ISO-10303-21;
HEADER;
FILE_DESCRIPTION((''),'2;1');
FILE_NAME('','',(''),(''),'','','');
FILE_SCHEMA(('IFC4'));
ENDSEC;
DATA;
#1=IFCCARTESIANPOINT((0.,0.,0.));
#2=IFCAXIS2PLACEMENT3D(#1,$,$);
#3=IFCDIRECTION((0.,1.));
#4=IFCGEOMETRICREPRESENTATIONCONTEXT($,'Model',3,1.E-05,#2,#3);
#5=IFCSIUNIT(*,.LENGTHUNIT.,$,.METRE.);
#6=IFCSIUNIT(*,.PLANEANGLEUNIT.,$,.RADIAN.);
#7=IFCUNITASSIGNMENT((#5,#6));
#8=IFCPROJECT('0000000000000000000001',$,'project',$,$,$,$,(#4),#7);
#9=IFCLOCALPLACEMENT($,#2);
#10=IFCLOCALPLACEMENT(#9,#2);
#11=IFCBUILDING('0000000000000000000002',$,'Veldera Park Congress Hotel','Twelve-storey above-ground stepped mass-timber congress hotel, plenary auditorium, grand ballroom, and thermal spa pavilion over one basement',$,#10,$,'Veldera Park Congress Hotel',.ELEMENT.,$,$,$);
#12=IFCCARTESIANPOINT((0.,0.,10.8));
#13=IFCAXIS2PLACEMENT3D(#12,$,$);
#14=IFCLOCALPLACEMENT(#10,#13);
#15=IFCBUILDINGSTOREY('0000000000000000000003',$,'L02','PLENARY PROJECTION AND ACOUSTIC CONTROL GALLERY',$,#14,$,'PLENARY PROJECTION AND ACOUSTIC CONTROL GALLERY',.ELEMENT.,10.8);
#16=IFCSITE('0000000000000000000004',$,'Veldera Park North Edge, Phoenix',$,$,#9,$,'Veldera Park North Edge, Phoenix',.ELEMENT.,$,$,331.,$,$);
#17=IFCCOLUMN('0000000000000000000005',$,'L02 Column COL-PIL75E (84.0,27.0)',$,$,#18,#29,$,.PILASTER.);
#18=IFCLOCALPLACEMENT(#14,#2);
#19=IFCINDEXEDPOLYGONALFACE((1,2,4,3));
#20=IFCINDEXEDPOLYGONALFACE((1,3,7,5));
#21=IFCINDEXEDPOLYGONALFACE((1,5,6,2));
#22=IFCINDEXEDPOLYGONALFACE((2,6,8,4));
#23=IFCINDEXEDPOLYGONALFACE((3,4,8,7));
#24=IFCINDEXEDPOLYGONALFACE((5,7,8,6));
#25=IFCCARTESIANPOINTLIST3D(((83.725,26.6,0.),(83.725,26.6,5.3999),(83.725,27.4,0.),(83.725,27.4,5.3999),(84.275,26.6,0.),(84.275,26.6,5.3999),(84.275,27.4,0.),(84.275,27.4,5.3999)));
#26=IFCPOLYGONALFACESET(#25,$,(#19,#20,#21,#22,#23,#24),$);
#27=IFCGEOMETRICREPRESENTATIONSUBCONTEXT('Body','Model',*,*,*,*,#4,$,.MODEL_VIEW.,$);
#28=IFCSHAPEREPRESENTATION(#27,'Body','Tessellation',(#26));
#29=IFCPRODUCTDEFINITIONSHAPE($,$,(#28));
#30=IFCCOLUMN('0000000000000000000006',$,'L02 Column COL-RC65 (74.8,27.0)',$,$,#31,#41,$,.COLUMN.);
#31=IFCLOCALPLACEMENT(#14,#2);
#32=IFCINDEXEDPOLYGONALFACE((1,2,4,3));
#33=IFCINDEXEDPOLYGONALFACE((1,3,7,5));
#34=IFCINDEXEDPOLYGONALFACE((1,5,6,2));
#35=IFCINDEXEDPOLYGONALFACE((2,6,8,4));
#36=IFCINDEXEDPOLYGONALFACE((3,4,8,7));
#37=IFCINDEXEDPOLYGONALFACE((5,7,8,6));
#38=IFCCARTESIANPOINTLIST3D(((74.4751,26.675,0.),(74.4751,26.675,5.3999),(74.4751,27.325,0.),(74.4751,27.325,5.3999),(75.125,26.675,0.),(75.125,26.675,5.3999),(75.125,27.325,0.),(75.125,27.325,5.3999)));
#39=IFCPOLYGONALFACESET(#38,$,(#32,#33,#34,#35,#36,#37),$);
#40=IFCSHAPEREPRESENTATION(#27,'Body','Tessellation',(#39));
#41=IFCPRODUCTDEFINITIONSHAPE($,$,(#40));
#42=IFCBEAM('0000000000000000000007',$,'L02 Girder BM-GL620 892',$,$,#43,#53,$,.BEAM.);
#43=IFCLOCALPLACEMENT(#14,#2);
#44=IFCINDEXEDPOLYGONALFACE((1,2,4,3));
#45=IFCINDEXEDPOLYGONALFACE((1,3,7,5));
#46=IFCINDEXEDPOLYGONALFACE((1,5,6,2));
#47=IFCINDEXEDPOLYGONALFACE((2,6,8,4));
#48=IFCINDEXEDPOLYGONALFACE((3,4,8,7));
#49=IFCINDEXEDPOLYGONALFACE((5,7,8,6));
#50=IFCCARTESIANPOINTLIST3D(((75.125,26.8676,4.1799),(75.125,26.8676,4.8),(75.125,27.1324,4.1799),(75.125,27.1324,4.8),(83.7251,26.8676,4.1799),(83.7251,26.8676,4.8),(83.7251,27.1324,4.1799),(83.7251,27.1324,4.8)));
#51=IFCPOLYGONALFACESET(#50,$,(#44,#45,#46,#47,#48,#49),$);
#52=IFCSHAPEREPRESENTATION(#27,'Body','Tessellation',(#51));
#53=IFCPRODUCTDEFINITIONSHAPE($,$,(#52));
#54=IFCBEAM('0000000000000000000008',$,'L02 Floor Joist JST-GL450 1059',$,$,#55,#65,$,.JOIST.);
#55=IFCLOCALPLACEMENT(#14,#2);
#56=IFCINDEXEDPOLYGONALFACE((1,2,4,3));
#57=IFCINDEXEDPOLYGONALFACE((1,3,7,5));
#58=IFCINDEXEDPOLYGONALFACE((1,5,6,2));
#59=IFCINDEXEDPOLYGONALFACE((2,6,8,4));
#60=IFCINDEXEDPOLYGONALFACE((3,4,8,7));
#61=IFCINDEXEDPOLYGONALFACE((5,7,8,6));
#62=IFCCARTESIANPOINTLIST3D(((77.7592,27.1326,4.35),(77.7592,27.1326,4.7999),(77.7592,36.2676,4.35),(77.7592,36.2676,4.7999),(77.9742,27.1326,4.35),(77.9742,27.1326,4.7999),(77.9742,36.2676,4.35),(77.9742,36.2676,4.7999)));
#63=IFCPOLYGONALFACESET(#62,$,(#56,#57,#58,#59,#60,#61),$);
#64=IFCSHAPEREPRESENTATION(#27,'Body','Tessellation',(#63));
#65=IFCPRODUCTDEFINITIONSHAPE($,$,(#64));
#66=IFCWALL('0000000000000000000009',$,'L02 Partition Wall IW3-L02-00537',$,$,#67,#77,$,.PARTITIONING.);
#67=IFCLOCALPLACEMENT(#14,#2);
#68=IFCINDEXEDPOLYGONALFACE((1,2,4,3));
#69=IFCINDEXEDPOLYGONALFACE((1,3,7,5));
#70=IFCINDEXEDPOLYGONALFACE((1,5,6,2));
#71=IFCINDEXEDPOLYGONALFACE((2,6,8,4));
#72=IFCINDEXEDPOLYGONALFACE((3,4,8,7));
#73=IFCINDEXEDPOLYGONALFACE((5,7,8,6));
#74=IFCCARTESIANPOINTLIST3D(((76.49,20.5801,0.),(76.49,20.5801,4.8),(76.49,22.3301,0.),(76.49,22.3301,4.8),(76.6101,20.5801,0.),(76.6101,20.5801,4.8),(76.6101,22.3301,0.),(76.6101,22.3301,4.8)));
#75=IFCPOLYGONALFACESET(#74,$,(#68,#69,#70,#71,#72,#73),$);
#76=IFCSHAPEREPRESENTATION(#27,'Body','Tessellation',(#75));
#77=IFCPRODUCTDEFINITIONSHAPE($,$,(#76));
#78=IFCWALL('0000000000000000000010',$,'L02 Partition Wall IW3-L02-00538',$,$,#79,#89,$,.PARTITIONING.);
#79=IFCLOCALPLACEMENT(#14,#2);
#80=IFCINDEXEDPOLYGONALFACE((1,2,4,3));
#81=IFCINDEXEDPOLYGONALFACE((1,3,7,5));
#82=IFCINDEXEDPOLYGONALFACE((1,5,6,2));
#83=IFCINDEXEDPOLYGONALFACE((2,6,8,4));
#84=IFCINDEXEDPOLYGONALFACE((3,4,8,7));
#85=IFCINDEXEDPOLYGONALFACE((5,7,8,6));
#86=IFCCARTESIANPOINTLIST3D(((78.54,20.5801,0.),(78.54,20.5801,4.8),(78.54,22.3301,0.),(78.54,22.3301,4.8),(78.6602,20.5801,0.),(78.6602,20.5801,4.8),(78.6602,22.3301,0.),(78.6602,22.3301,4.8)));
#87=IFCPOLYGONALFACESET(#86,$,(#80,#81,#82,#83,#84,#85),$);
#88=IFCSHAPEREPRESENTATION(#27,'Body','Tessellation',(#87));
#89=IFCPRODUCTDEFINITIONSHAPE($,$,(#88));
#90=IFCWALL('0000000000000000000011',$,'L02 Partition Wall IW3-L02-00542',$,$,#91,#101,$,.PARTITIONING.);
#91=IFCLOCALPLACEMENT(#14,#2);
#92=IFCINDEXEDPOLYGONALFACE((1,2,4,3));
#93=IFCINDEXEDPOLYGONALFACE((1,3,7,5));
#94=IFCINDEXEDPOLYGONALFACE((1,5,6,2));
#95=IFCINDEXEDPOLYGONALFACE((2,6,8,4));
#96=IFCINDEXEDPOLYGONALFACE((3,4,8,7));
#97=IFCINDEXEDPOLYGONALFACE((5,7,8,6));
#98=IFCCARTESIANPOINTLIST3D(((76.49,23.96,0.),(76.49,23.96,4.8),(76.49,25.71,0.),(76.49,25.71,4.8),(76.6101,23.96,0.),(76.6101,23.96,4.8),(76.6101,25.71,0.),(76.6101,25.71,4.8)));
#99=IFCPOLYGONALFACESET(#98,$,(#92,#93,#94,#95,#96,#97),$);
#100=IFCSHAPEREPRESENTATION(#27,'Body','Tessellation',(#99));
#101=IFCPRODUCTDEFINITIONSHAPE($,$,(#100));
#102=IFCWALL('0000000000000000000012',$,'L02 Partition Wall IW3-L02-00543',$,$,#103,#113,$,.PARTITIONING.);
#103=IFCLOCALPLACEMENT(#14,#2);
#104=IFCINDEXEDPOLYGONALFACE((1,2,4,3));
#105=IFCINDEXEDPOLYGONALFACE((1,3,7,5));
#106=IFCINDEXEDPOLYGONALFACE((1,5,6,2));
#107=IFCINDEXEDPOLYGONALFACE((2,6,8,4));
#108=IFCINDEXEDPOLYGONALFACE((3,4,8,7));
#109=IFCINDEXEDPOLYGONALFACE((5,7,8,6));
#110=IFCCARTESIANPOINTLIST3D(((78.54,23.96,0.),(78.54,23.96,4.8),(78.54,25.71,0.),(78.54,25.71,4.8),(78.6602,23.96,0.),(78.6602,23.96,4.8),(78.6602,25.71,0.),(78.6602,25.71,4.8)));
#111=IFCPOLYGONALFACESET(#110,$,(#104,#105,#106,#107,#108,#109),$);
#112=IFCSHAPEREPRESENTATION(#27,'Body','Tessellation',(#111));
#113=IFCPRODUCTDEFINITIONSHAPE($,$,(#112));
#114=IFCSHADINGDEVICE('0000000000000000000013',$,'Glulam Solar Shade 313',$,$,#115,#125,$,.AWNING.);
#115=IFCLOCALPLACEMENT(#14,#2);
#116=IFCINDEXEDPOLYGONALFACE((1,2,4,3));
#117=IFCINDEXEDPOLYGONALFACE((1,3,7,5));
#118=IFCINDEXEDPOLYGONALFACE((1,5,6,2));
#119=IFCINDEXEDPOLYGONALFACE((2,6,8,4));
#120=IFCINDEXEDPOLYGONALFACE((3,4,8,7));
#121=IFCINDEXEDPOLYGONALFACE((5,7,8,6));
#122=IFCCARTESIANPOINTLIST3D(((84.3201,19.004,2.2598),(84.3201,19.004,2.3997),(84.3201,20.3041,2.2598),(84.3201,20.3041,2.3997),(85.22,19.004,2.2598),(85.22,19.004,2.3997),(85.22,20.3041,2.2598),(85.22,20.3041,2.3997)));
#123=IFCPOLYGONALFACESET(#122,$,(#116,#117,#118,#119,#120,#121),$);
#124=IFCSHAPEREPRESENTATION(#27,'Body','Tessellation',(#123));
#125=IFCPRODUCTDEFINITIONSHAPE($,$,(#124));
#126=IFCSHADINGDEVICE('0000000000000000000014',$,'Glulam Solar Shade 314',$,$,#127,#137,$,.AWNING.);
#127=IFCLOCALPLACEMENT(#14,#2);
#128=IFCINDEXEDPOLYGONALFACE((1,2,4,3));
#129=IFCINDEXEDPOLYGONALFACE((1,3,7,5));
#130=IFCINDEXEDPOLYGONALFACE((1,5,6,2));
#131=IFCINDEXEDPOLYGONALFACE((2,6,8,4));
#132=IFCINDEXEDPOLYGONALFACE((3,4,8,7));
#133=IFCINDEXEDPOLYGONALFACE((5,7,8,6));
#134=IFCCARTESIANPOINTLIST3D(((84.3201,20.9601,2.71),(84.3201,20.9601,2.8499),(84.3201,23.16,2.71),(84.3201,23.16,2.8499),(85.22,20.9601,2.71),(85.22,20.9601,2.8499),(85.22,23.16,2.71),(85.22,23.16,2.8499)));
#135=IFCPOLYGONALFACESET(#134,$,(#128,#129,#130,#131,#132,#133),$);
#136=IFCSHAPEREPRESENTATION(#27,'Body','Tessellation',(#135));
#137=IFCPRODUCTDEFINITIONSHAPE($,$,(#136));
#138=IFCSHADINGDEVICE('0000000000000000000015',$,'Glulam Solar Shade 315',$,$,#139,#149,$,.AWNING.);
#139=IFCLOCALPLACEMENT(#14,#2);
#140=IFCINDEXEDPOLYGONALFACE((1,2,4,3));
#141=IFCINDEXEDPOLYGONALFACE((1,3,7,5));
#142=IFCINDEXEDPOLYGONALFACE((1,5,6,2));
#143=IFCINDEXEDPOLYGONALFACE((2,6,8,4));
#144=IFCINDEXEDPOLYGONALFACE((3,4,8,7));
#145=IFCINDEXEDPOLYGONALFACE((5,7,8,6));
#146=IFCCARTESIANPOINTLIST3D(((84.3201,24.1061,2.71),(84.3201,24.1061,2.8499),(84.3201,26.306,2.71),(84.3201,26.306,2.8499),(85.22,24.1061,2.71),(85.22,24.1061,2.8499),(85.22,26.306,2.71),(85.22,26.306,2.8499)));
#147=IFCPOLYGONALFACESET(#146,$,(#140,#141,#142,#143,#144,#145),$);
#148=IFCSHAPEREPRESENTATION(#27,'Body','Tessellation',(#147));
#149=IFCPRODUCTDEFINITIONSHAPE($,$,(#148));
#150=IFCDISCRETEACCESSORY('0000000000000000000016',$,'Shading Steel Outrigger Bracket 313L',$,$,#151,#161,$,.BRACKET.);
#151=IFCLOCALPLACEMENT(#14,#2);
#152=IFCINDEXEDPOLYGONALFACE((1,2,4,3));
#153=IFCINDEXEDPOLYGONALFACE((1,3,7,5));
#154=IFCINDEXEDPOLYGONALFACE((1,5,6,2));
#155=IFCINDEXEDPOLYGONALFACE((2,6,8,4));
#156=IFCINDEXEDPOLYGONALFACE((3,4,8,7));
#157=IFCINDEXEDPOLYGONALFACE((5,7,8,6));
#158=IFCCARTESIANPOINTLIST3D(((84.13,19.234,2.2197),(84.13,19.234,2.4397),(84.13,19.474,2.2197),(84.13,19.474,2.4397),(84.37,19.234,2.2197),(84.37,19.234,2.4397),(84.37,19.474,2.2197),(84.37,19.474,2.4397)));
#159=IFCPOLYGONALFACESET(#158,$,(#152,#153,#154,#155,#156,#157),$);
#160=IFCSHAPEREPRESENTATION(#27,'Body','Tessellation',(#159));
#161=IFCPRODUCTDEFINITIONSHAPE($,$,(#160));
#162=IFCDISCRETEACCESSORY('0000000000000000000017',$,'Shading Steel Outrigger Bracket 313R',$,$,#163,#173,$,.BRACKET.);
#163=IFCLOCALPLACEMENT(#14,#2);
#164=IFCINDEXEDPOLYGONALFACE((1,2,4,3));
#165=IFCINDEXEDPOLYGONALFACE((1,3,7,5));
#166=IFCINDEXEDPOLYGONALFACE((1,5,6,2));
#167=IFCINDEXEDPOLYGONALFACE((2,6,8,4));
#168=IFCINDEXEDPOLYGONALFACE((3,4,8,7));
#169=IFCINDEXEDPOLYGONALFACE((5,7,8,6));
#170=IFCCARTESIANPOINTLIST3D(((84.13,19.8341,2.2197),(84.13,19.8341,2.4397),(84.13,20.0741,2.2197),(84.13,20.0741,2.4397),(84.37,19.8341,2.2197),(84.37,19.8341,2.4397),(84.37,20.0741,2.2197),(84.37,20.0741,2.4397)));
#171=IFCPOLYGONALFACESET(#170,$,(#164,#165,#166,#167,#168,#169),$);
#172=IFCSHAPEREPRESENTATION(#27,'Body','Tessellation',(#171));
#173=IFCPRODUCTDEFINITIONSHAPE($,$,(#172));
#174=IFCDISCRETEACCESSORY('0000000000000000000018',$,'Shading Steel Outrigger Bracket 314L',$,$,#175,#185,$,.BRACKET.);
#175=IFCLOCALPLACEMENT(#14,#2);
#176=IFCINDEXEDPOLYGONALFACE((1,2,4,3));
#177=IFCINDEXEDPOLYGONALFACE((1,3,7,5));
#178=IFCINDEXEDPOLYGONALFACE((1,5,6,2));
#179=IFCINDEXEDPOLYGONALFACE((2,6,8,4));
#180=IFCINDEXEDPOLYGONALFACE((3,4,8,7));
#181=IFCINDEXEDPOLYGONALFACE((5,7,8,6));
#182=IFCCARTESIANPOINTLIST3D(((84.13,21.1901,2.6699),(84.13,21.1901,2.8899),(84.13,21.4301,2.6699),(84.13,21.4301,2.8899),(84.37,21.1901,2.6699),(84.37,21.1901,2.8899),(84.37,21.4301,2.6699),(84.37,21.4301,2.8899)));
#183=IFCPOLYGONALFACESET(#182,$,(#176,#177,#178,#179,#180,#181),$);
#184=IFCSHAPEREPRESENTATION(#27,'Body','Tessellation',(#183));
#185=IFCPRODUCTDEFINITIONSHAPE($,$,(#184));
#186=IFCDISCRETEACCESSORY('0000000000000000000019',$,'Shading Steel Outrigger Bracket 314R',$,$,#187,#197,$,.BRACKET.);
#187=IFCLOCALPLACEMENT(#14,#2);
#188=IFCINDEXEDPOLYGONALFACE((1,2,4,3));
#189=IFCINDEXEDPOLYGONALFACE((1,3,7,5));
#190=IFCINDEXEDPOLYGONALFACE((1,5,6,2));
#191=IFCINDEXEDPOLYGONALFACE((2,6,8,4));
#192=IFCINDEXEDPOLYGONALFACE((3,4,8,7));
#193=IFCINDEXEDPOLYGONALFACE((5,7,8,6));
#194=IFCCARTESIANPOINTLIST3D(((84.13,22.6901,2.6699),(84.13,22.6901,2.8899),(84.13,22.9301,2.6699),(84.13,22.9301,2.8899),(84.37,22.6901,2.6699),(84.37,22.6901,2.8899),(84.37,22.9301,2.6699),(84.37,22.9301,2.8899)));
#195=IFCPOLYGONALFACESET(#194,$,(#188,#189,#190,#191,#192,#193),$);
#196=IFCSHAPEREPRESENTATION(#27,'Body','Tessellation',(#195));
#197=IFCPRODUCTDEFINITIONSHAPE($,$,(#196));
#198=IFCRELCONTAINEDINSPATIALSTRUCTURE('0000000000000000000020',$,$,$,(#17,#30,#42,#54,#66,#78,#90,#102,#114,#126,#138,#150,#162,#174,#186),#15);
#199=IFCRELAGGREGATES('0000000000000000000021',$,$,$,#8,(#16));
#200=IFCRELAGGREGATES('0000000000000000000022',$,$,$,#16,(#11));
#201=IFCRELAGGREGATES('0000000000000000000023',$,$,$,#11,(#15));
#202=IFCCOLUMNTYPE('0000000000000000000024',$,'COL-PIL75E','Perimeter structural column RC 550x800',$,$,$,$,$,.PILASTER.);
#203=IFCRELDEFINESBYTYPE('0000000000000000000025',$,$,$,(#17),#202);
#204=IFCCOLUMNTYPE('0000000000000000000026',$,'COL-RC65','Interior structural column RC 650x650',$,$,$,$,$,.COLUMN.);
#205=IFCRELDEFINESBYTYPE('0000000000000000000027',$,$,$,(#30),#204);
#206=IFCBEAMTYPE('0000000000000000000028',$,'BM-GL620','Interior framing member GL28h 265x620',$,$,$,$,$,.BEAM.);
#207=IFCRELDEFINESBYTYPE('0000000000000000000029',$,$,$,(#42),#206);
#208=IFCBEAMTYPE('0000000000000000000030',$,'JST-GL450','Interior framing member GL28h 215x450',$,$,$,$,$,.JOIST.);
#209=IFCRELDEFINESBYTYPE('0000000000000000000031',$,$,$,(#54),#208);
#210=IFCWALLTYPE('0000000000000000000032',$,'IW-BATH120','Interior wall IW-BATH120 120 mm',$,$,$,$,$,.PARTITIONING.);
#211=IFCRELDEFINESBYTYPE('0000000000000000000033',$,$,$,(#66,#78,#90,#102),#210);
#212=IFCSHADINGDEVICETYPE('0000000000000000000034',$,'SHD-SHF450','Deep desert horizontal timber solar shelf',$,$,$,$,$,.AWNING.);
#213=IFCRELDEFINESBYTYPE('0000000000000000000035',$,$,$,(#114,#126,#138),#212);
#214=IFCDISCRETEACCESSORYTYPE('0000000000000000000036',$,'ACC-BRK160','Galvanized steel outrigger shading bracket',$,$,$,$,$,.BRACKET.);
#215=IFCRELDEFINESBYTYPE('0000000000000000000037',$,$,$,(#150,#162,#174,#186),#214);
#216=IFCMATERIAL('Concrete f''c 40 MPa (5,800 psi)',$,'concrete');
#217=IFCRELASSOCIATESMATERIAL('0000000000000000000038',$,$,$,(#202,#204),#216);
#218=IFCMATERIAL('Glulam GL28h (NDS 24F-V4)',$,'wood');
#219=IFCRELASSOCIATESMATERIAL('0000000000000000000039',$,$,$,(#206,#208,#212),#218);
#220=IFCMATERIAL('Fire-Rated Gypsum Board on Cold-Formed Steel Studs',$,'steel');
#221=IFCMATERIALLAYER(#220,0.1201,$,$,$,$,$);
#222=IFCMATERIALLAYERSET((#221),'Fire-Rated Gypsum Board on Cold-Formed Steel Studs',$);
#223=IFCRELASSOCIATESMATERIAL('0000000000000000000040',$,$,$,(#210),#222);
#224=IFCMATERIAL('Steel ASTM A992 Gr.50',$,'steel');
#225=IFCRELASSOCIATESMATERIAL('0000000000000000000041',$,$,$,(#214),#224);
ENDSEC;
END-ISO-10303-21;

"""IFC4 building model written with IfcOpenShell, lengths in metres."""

from ifc_helpers import new_model, si_unit, direction, frame, frame_2d, origin, origin_2d, place, context, subcontext, project, spatial, rectangle, extrude, material, layer, layer_set, material_profile, profile_set, type_object, element, save


model = new_model("IFC4")

# Units and contexts
model_context = context("Model", 3, precision=1e-05, world=origin(), true_north=direction((0.0, 1.0)))
body_context = subcontext(model_context, "Body", "Model", "MODEL_VIEW")
ifc_project = project(units=[si_unit("LENGTHUNIT", "METRE"), si_unit("PLANEANGLEUNIT", "RADIAN")], contexts=[model_context])

# Site, building, storey
site_placement = place(None, origin())
site = spatial("IfcSite", under=ifc_project, at=site_placement, Name="Veldera Park North Edge, Phoenix", LongName="Veldera Park North Edge, Phoenix", CompositionType="ELEMENT", RefElevation=331.0)
building_placement = place(site_placement, origin())
building = spatial("IfcBuilding", under=site, at=building_placement, Name="Veldera Park Congress Hotel", Description="Twelve-storey above-ground stepped mass-timber congress hotel, plenary auditorium, grand ballroom, and thermal spa pavilion over one basement", LongName="Veldera Park Congress Hotel", CompositionType="ELEMENT")
storey_placement = place(building_placement, frame((0.0, 0.0, 10.8)))
storey = spatial("IfcBuildingStorey", under=building, at=storey_placement, Name="L02", Description="PLENARY PROJECTION AND ACOUSTIC CONTROL GALLERY", LongName="PLENARY PROJECTION AND ACOUSTIC CONTROL GALLERY", CompositionType="ELEMENT", Elevation=10.8)

# Columns
ifc_material_1 = material(Name="Concrete f'c 40 MPa (5,800 psi)", Category="concrete")
ifc_material_profile_1 = material_profile(ifc_material_1, rectangle(XDim=0.55, YDim=0.8, at=origin_2d()), Name="RC 550x800")
ifc_profile_set_1 = profile_set([ifc_material_profile_1], Name="Concrete f'c 40 MPa (5,800 psi)")
column_type_1 = type_object("IfcColumnType", Name="COL-PIL75E", Description="Perimeter structural column RC 550x800", PredefinedType="PILASTER", material=ifc_profile_set_1)
column_1_placement = place(storey_placement, frame((84.0, 27.0, 0.0), z_axis=(0.0, 0.0, 1.0), x_axis=(1.0, 0.0, 0.0)))
element("IfcColumn", 1, at=column_1_placement, inside=storey, type_object=column_type_1, Name="L02 Column COL-PIL75E (84.0,27.0)", PredefinedType="PILASTER", context=body_context, shape_type="SweptSolid", body=[
    extrude(rectangle(XDim=0.55, YDim=0.8, at=origin_2d()), origin(), (0.0, 0.0, 1.0), 5.3999),
])
ifc_material_profile_2 = material_profile(ifc_material_1, rectangle(XDim=0.6499, YDim=0.6499, at=origin_2d()), Name="RC 650x650")
ifc_profile_set_2 = profile_set([ifc_material_profile_2], Name="Concrete f'c 40 MPa (5,800 psi)")
column_type_2 = type_object("IfcColumnType", Name="COL-RC65", Description="Interior structural column RC 650x650", PredefinedType="COLUMN", material=ifc_profile_set_2)
column_2_placement = place(storey_placement, frame((74.8, 27.0, 0.0), z_axis=(0.0, 0.0, 1.0), x_axis=(1.0, 0.0, 0.0)))
element("IfcColumn", 2, at=column_2_placement, inside=storey, type_object=column_type_2, Name="L02 Column COL-RC65 (74.8,27.0)", PredefinedType="COLUMN", context=body_context, shape_type="SweptSolid", body=[
    extrude(rectangle(XDim=0.6499, YDim=0.6499, at=origin_2d()), origin(), (0.0, 0.0, 1.0), 5.3999),
])

# Beams
ifc_material_2 = material(Name="Glulam GL28h (NDS 24F-V4)", Category="wood")
ifc_material_profile_3 = material_profile(ifc_material_2, rectangle(XDim=0.2649, YDim=0.6201, at=origin_2d()), Name="GL28h 265x620")
ifc_profile_set_3 = profile_set([ifc_material_profile_3], Name="Glulam GL28h (NDS 24F-V4)")
beam_type_1 = type_object("IfcBeamType", Name="BM-GL620", Description="Interior framing member GL28h 265x620", PredefinedType="BEAM", material=ifc_profile_set_3)
beam_1_placement = place(storey_placement, frame((75.125, 27.0, 4.49), z_axis=(1.0, 0.0, 0.0), x_axis=(0.0, 1.0, 0.0)))
element("IfcBeam", 3, at=beam_1_placement, inside=storey, type_object=beam_type_1, Name="L02 Girder BM-GL620 892", PredefinedType="BEAM", context=body_context, shape_type="SweptSolid", body=[
    extrude(rectangle(XDim=0.2649, YDim=0.6201, at=origin_2d()), origin(), (0.0, 0.0, 1.0), 8.6001),
])
ifc_material_profile_4 = material_profile(ifc_material_2, rectangle(XDim=0.2151, YDim=0.45, at=origin_2d()), Name="GL28h 215x450")
ifc_profile_set_4 = profile_set([ifc_material_profile_4], Name="Glulam GL28h (NDS 24F-V4)")
beam_type_2 = type_object("IfcBeamType", Name="JST-GL450", Description="Interior framing member GL28h 215x450", PredefinedType="JOIST", material=ifc_profile_set_4)
beam_2_placement = place(storey_placement, frame((77.8667, 27.1326, 4.575), z_axis=(0.0, 1.0, 0.0), x_axis=(-1.0, 0.0, 0.0)))
element("IfcBeam", 4, at=beam_2_placement, inside=storey, type_object=beam_type_2, Name="L02 Floor Joist JST-GL450 1059", PredefinedType="JOIST", context=body_context, shape_type="SweptSolid", body=[
    extrude(rectangle(XDim=0.2151, YDim=0.45, at=origin_2d()), origin(), (0.0, 0.0, 1.0), 9.135),
])

# Walls
ifc_material_3 = material(Name="Fire-Rated Gypsum Board on Cold-Formed Steel Studs", Category="steel")
ifc_layer = layer(ifc_material_3, 0.1201)
ifc_layer_set = layer_set([ifc_layer], Name="Fire-Rated Gypsum Board on Cold-Formed Steel Studs")
wall_type = type_object("IfcWallType", Name="IW-BATH120", Description="Interior wall IW-BATH120 120 mm", PredefinedType="PARTITIONING", material=ifc_layer_set)
for number, where, z_axis, x_axis, name in (
    (5, (76.55, 20.5801, 0.0), (0.0, 0.0, 1.0), (0.0, 1.0, 0.0), "L02 Partition Wall IW3-L02-00537"),
    (6, (78.6001, 20.5801, 0.0), (0.0, 0.0, 1.0), (0.0, 1.0, 0.0), "L02 Partition Wall IW3-L02-00538"),
):
    element("IfcWall", number, at=place(storey_placement, frame(where, z_axis=z_axis, x_axis=x_axis)), inside=storey, type_object=wall_type, Name=name, PredefinedType="PARTITIONING", context=body_context, shape_type="SweptSolid", body=[
        extrude(rectangle(XDim=1.75, YDim=0.1201, at=frame_2d((0.875, 0.0))), origin(), (0.0, 0.0, 1.0), 4.8),
    ])

# Walls
for number, where, z_axis, x_axis, name in (
    (7, (76.55, 23.96, 0.0), (0.0, 0.0, 1.0), (0.0, 1.0, 0.0), "L02 Partition Wall IW3-L02-00542"),
    (8, (78.6001, 23.96, 0.0), (0.0, 0.0, 1.0), (0.0, 1.0, 0.0), "L02 Partition Wall IW3-L02-00543"),
):
    element("IfcWall", number, at=place(storey_placement, frame(where, z_axis=z_axis, x_axis=x_axis)), inside=storey, type_object=wall_type, Name=name, PredefinedType="PARTITIONING", context=body_context, shape_type="SweptSolid", body=[
        extrude(rectangle(XDim=1.75, YDim=0.1201, at=frame_2d((0.875, 0.0))), origin(), (0.0, 0.0, 1.0), 4.8),
    ])

# Shading devices
shading_device_type = type_object("IfcShadingDeviceType", Name="SHD-SHF450", Description="Deep desert horizontal timber solar shelf", PredefinedType="AWNING", material=ifc_material_2)
shading_device_placement = place(storey_placement, frame((84.77, 19.6541, 2.2598), z_axis=(0.0, 0.0, 1.0), x_axis=(0.0, 1.0, 0.0)))
element("IfcShadingDevice", 9, at=shading_device_placement, inside=storey, type_object=shading_device_type, Name="Glulam Solar Shade 313", PredefinedType="AWNING", context=body_context, shape_type="SweptSolid", body=[
    extrude(rectangle(XDim=1.3, YDim=0.8999, at=origin_2d()), origin(), (0.0, 0.0, 1.0), 0.1399),
])
for number, where, z_axis, x_axis, name in (
    (10, (84.77, 22.0601, 2.71), (0.0, 0.0, 1.0), (0.0, 1.0, 0.0), "Glulam Solar Shade 314"),
    (11, (84.77, 25.2061, 2.71), (0.0, 0.0, 1.0), (0.0, 1.0, 0.0), "Glulam Solar Shade 315"),
):
    element("IfcShadingDevice", number, at=place(storey_placement, frame(where, z_axis=z_axis, x_axis=x_axis)), inside=storey, type_object=shading_device_type, Name=name, PredefinedType="AWNING", context=body_context, shape_type="SweptSolid", body=[
        extrude(rectangle(XDim=2.2, YDim=0.8999, at=origin_2d()), origin(), (0.0, 0.0, 1.0), 0.1399),
    ])

# Discrete accessories
ifc_material_4 = material(Name="Steel ASTM A992 Gr.50", Category="steel")
discrete_accessory_type = type_object("IfcDiscreteAccessoryType", Name="ACC-BRK160", Description="Galvanized steel outrigger shading bracket", PredefinedType="BRACKET", material=ifc_material_4)
for number, where, z_axis, x_axis, name in (
    (12, (84.25, 19.354, 2.2197), (0.0, 0.0, 1.0), (0.0, 1.0, 0.0), "Shading Steel Outrigger Bracket 313L"),
    (13, (84.25, 19.9541, 2.2197), (0.0, 0.0, 1.0), (0.0, 1.0, 0.0), "Shading Steel Outrigger Bracket 313R"),
    (14, (84.25, 21.3101, 2.6699), (0.0, 0.0, 1.0), (0.0, 1.0, 0.0), "Shading Steel Outrigger Bracket 314L"),
    (15, (84.25, 22.8101, 2.6699), (0.0, 0.0, 1.0), (0.0, 1.0, 0.0), "Shading Steel Outrigger Bracket 314R"),
):
    element("IfcDiscreteAccessory", number, at=place(storey_placement, frame(where, z_axis=z_axis, x_axis=x_axis)), inside=storey, type_object=discrete_accessory_type, Name=name, PredefinedType="BRACKET", context=body_context, shape_type="SweptSolid", body=[
        extrude(rectangle(XDim=0.24, YDim=0.24, at=origin_2d()), origin(), (0.0, 0.0, 1.0), 0.22),
    ])

save(model, "model.ifc")
